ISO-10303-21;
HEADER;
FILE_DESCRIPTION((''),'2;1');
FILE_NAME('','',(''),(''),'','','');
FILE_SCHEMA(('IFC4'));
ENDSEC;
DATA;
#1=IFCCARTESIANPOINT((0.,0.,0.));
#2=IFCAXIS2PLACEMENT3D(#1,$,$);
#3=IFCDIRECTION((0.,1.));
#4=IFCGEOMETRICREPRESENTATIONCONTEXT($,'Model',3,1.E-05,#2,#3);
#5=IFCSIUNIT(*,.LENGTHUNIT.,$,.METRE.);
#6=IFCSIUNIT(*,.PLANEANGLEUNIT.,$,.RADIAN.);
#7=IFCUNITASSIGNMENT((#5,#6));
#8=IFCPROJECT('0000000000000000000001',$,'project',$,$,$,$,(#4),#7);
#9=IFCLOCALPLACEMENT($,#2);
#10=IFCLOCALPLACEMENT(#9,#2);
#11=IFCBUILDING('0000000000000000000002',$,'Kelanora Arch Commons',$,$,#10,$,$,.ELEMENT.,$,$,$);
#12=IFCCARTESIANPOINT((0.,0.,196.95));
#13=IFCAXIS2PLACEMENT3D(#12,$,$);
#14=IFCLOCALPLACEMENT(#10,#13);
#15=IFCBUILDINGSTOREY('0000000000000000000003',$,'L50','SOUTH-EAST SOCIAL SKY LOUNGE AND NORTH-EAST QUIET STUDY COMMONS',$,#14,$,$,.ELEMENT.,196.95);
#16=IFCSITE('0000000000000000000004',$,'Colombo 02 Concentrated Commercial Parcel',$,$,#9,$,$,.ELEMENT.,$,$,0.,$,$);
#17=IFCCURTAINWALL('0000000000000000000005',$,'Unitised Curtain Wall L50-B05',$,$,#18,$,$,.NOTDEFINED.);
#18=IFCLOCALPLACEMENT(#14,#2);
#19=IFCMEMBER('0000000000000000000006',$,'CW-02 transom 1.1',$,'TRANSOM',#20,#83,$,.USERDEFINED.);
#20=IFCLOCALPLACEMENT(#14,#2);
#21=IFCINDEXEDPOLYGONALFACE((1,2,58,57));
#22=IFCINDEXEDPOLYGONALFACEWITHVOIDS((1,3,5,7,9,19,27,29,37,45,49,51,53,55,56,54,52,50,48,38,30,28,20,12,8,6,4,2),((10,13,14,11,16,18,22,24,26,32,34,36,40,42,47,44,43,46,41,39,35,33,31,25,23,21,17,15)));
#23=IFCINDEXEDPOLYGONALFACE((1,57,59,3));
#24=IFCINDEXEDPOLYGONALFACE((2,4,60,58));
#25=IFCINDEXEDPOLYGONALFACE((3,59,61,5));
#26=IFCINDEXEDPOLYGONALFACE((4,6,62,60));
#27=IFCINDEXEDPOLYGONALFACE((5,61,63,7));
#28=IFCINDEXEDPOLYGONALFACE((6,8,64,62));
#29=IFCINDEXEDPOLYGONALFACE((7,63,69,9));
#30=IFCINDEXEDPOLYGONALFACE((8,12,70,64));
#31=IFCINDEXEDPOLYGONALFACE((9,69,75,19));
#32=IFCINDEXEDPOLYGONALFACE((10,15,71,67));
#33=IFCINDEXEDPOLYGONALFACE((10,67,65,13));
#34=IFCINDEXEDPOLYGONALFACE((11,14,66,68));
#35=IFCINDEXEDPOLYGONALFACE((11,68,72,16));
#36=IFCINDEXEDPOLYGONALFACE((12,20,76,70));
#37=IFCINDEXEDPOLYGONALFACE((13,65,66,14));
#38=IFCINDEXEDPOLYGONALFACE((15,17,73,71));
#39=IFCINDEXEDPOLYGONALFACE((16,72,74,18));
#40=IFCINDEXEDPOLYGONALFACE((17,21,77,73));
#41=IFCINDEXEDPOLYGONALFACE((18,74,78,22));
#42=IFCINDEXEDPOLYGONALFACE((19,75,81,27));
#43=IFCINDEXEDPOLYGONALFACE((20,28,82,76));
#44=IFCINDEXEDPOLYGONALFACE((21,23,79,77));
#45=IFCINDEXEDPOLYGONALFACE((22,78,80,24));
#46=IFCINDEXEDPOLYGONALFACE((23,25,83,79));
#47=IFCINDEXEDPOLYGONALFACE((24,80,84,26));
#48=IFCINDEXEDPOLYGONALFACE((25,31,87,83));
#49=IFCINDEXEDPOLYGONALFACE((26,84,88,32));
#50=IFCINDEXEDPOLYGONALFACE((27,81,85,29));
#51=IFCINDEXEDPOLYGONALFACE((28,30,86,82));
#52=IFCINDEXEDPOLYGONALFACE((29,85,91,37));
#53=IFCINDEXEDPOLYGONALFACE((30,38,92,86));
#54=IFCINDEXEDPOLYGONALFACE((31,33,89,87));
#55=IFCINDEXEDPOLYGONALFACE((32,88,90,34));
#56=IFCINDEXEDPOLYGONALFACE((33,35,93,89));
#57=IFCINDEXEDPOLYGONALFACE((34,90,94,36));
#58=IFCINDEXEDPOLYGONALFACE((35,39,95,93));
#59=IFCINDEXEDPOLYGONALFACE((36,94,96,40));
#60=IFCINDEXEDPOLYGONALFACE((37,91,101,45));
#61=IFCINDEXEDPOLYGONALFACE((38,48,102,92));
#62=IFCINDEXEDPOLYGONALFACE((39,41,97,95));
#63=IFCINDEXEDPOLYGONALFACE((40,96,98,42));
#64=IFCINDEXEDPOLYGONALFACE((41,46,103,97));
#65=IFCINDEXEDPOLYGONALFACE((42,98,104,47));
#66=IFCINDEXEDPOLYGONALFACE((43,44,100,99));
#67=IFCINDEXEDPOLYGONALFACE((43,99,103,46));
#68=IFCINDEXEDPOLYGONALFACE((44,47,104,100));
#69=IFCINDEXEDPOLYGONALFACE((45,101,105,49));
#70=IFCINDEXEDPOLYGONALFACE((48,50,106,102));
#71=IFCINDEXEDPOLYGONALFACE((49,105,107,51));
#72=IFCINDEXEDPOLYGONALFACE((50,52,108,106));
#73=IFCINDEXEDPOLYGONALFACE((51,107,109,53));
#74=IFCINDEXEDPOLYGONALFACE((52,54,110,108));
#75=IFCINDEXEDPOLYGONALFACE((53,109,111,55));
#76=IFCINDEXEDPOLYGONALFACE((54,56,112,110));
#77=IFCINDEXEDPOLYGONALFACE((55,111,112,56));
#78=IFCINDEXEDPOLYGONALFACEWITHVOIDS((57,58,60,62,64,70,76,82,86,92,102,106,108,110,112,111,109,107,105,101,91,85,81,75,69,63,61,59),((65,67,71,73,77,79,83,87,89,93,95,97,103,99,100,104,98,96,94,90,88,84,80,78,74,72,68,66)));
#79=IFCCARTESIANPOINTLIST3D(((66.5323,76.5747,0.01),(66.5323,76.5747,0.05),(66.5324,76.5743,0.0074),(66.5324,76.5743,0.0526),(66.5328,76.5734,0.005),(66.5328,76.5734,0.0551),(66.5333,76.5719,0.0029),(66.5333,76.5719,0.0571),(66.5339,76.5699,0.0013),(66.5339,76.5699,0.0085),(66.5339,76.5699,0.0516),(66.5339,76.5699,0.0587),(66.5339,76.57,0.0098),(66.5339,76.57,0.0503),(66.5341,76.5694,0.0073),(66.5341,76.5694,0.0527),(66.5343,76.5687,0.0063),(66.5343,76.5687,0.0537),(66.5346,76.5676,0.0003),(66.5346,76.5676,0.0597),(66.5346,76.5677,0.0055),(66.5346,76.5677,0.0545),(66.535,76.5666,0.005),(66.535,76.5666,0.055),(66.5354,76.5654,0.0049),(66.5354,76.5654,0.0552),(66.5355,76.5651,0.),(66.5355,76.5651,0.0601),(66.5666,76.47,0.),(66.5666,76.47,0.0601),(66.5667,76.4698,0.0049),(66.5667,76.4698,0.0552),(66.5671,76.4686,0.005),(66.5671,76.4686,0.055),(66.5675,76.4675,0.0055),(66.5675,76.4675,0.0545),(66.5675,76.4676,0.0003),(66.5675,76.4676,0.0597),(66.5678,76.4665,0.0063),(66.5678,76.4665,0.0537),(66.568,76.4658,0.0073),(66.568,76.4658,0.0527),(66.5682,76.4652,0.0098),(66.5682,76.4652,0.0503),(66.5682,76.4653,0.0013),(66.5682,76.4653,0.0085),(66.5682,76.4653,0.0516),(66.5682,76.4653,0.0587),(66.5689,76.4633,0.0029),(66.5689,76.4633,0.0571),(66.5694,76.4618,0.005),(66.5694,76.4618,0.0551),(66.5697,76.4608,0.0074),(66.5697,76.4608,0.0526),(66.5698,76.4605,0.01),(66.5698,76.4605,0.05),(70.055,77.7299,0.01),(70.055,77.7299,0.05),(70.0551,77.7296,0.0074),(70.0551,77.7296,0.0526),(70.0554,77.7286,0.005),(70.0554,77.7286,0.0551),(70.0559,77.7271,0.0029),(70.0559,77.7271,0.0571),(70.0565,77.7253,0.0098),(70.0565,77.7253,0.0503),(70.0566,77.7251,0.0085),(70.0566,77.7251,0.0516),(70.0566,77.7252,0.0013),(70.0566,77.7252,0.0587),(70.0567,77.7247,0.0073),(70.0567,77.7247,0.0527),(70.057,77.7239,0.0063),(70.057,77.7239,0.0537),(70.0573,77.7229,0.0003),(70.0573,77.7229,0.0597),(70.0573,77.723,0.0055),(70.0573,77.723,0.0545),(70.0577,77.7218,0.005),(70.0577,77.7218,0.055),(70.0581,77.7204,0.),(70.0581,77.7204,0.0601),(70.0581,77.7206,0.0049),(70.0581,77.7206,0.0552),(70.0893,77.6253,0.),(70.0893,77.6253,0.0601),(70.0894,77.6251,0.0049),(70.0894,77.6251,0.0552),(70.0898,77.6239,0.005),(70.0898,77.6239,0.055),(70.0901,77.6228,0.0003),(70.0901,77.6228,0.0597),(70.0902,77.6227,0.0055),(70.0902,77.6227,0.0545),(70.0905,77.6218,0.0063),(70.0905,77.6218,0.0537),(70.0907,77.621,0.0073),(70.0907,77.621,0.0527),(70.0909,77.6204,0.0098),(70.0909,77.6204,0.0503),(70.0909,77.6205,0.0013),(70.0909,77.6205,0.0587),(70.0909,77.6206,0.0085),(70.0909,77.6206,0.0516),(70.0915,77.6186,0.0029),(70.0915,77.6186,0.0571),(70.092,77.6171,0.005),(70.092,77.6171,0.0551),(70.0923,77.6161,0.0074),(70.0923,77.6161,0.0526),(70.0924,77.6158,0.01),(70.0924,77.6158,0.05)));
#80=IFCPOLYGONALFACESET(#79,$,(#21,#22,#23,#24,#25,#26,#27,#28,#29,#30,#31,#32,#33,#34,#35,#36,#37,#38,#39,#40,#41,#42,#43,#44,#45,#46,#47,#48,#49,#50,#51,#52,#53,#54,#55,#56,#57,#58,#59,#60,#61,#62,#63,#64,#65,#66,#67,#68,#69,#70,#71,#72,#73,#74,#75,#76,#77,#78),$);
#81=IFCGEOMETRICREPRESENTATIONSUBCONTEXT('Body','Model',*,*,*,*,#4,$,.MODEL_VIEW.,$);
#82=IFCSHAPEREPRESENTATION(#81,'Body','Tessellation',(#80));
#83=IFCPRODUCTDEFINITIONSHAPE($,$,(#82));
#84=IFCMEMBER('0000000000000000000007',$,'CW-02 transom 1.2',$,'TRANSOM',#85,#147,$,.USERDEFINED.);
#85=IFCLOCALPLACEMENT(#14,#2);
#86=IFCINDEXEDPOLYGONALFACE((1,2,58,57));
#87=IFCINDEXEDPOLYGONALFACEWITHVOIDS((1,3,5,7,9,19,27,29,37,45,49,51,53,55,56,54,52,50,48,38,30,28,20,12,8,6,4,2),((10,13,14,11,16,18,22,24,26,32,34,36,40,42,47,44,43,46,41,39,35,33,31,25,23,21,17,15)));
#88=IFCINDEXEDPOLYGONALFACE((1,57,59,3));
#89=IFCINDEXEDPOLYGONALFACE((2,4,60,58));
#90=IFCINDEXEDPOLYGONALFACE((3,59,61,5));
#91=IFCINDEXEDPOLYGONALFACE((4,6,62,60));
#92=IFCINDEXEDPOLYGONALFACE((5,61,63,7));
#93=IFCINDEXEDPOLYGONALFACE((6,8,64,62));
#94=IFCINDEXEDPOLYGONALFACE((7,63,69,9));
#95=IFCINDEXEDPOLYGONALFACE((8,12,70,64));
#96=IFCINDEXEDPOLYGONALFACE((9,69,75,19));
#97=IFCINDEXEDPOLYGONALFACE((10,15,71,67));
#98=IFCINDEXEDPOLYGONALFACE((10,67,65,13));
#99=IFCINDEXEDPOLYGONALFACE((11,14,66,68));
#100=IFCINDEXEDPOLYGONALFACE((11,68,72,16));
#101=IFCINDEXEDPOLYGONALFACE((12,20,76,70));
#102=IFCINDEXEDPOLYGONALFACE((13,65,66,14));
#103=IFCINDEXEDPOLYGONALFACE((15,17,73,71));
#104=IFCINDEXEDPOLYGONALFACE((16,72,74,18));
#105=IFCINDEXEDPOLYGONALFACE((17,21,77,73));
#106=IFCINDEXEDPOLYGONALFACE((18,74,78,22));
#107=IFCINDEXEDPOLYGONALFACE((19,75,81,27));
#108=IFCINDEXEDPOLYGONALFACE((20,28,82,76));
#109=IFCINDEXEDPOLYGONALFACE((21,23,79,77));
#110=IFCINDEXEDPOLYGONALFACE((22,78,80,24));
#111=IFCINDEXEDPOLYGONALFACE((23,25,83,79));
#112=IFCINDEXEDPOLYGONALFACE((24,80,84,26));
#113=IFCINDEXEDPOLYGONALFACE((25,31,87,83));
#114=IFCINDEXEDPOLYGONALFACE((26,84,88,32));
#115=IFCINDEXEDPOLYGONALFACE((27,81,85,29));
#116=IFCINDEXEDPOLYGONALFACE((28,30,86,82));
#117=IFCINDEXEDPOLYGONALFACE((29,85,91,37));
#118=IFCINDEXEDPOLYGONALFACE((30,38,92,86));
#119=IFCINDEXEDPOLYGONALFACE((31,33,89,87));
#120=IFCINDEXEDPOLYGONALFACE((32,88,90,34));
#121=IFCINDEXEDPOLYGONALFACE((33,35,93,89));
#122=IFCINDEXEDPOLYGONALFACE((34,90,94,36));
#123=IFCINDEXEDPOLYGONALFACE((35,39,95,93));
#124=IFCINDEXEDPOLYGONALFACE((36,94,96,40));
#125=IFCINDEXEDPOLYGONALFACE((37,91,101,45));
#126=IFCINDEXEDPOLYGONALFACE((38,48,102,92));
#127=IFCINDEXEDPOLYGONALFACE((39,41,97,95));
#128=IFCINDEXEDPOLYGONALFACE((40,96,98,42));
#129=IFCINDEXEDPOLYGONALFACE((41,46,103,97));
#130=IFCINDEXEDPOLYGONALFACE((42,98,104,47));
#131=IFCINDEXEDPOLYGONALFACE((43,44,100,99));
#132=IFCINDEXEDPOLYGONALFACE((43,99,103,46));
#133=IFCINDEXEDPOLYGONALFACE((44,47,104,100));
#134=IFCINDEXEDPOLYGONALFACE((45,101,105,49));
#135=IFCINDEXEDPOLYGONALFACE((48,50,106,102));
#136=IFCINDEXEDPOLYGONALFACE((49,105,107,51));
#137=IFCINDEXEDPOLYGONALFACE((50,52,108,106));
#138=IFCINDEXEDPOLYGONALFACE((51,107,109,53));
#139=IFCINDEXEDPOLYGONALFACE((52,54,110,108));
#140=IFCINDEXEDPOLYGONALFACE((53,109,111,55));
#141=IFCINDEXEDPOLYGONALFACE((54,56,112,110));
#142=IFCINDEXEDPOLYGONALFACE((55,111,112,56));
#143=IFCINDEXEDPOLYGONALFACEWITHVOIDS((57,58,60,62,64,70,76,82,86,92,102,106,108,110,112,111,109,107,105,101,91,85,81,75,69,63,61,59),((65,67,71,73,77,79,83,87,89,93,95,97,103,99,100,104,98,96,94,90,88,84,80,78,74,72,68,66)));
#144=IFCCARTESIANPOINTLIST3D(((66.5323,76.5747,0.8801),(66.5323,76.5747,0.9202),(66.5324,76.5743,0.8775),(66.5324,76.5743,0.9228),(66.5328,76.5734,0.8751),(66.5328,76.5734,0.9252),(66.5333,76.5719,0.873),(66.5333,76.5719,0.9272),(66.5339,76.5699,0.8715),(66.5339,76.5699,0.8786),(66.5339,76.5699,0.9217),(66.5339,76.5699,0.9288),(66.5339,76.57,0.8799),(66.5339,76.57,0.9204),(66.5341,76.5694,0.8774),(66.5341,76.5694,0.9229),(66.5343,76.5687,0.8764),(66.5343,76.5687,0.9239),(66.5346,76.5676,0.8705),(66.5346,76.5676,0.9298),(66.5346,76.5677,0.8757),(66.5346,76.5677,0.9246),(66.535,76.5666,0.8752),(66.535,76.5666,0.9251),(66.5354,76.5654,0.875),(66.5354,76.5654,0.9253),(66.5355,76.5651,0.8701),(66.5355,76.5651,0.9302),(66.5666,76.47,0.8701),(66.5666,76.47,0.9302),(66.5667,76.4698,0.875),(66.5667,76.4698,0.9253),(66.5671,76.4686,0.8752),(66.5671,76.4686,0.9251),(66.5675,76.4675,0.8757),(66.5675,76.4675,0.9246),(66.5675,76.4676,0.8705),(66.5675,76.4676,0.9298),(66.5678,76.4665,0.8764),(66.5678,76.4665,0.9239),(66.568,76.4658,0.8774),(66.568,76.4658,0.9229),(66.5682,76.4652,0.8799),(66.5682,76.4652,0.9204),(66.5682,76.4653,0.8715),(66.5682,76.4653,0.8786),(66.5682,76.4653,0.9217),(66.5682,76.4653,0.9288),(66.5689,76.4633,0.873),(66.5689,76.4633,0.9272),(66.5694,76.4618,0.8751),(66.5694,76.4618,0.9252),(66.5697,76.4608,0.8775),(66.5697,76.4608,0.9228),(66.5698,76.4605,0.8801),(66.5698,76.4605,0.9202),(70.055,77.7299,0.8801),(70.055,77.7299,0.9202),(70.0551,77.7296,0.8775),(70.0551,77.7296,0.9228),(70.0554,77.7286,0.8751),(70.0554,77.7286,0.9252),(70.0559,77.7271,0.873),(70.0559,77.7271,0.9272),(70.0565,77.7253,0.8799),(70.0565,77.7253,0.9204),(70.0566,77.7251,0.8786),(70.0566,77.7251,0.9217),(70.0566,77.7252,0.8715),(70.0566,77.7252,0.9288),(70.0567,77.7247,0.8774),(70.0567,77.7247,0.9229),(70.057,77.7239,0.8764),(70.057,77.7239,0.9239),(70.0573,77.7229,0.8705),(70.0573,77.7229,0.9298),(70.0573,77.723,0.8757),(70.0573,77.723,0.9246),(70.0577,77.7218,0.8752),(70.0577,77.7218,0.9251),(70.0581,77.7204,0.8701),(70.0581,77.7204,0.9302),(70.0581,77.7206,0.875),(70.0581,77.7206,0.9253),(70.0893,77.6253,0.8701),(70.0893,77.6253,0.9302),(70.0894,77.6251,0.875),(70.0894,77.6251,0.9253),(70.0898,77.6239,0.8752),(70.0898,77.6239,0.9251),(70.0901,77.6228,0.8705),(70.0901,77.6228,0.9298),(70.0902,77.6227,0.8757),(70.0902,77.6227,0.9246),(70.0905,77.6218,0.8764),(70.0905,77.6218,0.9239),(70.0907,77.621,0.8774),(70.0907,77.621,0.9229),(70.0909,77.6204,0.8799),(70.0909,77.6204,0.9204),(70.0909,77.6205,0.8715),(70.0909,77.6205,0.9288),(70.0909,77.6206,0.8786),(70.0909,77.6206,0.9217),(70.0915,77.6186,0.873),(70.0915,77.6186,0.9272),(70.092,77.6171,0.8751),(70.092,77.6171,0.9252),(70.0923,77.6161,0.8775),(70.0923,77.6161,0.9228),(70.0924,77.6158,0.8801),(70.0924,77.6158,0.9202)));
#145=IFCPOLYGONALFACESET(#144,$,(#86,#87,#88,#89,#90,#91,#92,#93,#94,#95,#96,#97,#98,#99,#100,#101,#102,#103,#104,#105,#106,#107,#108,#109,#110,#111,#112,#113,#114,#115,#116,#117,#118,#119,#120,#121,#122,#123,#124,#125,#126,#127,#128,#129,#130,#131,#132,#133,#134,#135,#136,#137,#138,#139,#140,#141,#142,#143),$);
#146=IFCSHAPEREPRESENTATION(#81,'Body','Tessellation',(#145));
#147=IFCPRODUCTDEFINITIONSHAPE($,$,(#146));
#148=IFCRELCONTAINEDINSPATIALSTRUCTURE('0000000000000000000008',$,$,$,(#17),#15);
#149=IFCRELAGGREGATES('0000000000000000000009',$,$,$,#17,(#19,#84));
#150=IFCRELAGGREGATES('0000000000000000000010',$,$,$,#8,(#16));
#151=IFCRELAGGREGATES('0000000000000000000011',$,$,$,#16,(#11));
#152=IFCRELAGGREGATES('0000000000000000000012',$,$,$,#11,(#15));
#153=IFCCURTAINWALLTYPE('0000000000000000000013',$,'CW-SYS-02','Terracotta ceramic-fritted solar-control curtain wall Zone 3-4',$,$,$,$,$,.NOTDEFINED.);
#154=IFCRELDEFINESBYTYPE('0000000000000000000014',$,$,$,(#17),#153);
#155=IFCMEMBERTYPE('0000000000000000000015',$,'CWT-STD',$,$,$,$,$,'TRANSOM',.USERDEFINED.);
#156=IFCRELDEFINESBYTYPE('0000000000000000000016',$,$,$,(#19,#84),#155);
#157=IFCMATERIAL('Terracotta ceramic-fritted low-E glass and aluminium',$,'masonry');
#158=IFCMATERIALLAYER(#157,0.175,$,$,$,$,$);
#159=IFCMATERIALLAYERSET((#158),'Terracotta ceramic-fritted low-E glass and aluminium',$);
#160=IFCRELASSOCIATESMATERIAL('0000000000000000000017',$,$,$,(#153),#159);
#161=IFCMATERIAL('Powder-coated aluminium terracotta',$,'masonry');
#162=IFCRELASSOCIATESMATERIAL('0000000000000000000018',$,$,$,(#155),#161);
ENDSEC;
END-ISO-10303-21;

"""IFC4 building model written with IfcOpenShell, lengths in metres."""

from ifc_helpers import new_model, si_unit, direction, frame, origin, origin_2d, place, context, subcontext, project, spatial, hollow_rectangle, extrude, material, layer, layer_set, material_profile, profile_set, type_object, element, aggregate, save


model = new_model("IFC4")

# Units and contexts
model_context = context("Model", 3, precision=1e-05, world=origin(), true_north=direction((0.0, 1.0)))
body_context = subcontext(model_context, "Body", "Model", "MODEL_VIEW")
ifc_project = project(units=[si_unit("LENGTHUNIT", "METRE"), si_unit("PLANEANGLEUNIT", "RADIAN")], contexts=[model_context])

# Site, building, storey
site_placement = place(None, origin())
site = spatial("IfcSite", under=ifc_project, at=site_placement, Name="Colombo 02 Concentrated Commercial Parcel", CompositionType="ELEMENT", RefElevation=0.0)
building_placement = place(site_placement, origin())
building = spatial("IfcBuilding", under=site, at=building_placement, Name="Kelanora Arch Commons", CompositionType="ELEMENT")
storey_placement = place(building_placement, frame((0.0, 0.0, 196.95)))
storey = spatial("IfcBuildingStorey", under=building, at=storey_placement, Name="L50", Description="SOUTH-EAST SOCIAL SKY LOUNGE AND NORTH-EAST QUIET STUDY COMMONS", CompositionType="ELEMENT", Elevation=196.95)

# Curtain wall, members
ifc_material_1 = material(Name="Terracotta ceramic-fritted low-E glass and aluminium", Category="masonry")
ifc_layer_1 = layer(ifc_material_1, 0.175)
ifc_layer_set_1 = layer_set([ifc_layer_1], Name="Terracotta ceramic-fritted low-E glass and aluminium")
curtain_wall_type = type_object("IfcCurtainWallType", Name="CW-SYS-02", Description="Terracotta ceramic-fritted solar-control curtain wall Zone 3-4", PredefinedType="NOTDEFINED", material=ifc_layer_set_1)
curtain_wall_placement = place(storey_placement, origin())
curtain_wall = element("IfcCurtainWall", 1, at=curtain_wall_placement, inside=storey, type_object=curtain_wall_type, Name="Unitised Curtain Wall L50-B05", PredefinedType="NOTDEFINED")
ifc_material_2 = material(Name="Powder-coated aluminium terracotta", Category="masonry")
ifc_material_profile_1 = material_profile(ifc_material_2, hollow_rectangle(XDim=0.1201, YDim=0.0601, WallThickness=0.0049, InnerFilletRadius=0.0049, OuterFilletRadius=0.01, at=origin_2d()), Name="CWT120x60")
ifc_profile_set_1 = profile_set([ifc_material_profile_1], Name="Powder-coated aluminium terracotta")
member_type_1 = type_object("IfcMemberType", Name="CWT-STD", ElementType="TRANSOM", PredefinedType="USERDEFINED", material=ifc_profile_set_1)
member_1_placement = place(storey_placement, frame((70.0737, 77.6729, 0.03), z_axis=(-0.950207, -0.311621, 0.0), x_axis=(0.311621, -0.950207, 0.0)))
member_1 = element("IfcMember", 2, at=member_1_placement, type_object=member_type_1, Name="CW-02 transom 1.1", ObjectType="TRANSOM", PredefinedType="USERDEFINED", context=body_context, shape_type="SweptSolid", body=[
    extrude(hollow_rectangle(XDim=0.1201, YDim=0.0601, WallThickness=0.0049, InnerFilletRadius=0.0049, OuterFilletRadius=0.01, at=origin_2d()), origin(), (0.0, 0.0, 1.0), 3.7073),
])
member_2_placement = place(storey_placement, frame((70.0737, 77.6729, 0.9001), z_axis=(-0.950207, -0.311621, 0.0), x_axis=(0.311621, -0.950207, 0.0)))
member_2 = element("IfcMember", 3, at=member_2_placement, type_object=member_type_1, Name="CW-02 transom 1.2", ObjectType="TRANSOM", PredefinedType="USERDEFINED", context=body_context, shape_type="SweptSolid", body=[
    extrude(hollow_rectangle(XDim=0.1201, YDim=0.0601, WallThickness=0.0049, InnerFilletRadius=0.0049, OuterFilletRadius=0.01, at=origin_2d()), origin(), (0.0, 0.0, 1.0), 3.7073),
])
aggregate(curtain_wall, [member_1, member_2])

save(model, "model.ifc")
